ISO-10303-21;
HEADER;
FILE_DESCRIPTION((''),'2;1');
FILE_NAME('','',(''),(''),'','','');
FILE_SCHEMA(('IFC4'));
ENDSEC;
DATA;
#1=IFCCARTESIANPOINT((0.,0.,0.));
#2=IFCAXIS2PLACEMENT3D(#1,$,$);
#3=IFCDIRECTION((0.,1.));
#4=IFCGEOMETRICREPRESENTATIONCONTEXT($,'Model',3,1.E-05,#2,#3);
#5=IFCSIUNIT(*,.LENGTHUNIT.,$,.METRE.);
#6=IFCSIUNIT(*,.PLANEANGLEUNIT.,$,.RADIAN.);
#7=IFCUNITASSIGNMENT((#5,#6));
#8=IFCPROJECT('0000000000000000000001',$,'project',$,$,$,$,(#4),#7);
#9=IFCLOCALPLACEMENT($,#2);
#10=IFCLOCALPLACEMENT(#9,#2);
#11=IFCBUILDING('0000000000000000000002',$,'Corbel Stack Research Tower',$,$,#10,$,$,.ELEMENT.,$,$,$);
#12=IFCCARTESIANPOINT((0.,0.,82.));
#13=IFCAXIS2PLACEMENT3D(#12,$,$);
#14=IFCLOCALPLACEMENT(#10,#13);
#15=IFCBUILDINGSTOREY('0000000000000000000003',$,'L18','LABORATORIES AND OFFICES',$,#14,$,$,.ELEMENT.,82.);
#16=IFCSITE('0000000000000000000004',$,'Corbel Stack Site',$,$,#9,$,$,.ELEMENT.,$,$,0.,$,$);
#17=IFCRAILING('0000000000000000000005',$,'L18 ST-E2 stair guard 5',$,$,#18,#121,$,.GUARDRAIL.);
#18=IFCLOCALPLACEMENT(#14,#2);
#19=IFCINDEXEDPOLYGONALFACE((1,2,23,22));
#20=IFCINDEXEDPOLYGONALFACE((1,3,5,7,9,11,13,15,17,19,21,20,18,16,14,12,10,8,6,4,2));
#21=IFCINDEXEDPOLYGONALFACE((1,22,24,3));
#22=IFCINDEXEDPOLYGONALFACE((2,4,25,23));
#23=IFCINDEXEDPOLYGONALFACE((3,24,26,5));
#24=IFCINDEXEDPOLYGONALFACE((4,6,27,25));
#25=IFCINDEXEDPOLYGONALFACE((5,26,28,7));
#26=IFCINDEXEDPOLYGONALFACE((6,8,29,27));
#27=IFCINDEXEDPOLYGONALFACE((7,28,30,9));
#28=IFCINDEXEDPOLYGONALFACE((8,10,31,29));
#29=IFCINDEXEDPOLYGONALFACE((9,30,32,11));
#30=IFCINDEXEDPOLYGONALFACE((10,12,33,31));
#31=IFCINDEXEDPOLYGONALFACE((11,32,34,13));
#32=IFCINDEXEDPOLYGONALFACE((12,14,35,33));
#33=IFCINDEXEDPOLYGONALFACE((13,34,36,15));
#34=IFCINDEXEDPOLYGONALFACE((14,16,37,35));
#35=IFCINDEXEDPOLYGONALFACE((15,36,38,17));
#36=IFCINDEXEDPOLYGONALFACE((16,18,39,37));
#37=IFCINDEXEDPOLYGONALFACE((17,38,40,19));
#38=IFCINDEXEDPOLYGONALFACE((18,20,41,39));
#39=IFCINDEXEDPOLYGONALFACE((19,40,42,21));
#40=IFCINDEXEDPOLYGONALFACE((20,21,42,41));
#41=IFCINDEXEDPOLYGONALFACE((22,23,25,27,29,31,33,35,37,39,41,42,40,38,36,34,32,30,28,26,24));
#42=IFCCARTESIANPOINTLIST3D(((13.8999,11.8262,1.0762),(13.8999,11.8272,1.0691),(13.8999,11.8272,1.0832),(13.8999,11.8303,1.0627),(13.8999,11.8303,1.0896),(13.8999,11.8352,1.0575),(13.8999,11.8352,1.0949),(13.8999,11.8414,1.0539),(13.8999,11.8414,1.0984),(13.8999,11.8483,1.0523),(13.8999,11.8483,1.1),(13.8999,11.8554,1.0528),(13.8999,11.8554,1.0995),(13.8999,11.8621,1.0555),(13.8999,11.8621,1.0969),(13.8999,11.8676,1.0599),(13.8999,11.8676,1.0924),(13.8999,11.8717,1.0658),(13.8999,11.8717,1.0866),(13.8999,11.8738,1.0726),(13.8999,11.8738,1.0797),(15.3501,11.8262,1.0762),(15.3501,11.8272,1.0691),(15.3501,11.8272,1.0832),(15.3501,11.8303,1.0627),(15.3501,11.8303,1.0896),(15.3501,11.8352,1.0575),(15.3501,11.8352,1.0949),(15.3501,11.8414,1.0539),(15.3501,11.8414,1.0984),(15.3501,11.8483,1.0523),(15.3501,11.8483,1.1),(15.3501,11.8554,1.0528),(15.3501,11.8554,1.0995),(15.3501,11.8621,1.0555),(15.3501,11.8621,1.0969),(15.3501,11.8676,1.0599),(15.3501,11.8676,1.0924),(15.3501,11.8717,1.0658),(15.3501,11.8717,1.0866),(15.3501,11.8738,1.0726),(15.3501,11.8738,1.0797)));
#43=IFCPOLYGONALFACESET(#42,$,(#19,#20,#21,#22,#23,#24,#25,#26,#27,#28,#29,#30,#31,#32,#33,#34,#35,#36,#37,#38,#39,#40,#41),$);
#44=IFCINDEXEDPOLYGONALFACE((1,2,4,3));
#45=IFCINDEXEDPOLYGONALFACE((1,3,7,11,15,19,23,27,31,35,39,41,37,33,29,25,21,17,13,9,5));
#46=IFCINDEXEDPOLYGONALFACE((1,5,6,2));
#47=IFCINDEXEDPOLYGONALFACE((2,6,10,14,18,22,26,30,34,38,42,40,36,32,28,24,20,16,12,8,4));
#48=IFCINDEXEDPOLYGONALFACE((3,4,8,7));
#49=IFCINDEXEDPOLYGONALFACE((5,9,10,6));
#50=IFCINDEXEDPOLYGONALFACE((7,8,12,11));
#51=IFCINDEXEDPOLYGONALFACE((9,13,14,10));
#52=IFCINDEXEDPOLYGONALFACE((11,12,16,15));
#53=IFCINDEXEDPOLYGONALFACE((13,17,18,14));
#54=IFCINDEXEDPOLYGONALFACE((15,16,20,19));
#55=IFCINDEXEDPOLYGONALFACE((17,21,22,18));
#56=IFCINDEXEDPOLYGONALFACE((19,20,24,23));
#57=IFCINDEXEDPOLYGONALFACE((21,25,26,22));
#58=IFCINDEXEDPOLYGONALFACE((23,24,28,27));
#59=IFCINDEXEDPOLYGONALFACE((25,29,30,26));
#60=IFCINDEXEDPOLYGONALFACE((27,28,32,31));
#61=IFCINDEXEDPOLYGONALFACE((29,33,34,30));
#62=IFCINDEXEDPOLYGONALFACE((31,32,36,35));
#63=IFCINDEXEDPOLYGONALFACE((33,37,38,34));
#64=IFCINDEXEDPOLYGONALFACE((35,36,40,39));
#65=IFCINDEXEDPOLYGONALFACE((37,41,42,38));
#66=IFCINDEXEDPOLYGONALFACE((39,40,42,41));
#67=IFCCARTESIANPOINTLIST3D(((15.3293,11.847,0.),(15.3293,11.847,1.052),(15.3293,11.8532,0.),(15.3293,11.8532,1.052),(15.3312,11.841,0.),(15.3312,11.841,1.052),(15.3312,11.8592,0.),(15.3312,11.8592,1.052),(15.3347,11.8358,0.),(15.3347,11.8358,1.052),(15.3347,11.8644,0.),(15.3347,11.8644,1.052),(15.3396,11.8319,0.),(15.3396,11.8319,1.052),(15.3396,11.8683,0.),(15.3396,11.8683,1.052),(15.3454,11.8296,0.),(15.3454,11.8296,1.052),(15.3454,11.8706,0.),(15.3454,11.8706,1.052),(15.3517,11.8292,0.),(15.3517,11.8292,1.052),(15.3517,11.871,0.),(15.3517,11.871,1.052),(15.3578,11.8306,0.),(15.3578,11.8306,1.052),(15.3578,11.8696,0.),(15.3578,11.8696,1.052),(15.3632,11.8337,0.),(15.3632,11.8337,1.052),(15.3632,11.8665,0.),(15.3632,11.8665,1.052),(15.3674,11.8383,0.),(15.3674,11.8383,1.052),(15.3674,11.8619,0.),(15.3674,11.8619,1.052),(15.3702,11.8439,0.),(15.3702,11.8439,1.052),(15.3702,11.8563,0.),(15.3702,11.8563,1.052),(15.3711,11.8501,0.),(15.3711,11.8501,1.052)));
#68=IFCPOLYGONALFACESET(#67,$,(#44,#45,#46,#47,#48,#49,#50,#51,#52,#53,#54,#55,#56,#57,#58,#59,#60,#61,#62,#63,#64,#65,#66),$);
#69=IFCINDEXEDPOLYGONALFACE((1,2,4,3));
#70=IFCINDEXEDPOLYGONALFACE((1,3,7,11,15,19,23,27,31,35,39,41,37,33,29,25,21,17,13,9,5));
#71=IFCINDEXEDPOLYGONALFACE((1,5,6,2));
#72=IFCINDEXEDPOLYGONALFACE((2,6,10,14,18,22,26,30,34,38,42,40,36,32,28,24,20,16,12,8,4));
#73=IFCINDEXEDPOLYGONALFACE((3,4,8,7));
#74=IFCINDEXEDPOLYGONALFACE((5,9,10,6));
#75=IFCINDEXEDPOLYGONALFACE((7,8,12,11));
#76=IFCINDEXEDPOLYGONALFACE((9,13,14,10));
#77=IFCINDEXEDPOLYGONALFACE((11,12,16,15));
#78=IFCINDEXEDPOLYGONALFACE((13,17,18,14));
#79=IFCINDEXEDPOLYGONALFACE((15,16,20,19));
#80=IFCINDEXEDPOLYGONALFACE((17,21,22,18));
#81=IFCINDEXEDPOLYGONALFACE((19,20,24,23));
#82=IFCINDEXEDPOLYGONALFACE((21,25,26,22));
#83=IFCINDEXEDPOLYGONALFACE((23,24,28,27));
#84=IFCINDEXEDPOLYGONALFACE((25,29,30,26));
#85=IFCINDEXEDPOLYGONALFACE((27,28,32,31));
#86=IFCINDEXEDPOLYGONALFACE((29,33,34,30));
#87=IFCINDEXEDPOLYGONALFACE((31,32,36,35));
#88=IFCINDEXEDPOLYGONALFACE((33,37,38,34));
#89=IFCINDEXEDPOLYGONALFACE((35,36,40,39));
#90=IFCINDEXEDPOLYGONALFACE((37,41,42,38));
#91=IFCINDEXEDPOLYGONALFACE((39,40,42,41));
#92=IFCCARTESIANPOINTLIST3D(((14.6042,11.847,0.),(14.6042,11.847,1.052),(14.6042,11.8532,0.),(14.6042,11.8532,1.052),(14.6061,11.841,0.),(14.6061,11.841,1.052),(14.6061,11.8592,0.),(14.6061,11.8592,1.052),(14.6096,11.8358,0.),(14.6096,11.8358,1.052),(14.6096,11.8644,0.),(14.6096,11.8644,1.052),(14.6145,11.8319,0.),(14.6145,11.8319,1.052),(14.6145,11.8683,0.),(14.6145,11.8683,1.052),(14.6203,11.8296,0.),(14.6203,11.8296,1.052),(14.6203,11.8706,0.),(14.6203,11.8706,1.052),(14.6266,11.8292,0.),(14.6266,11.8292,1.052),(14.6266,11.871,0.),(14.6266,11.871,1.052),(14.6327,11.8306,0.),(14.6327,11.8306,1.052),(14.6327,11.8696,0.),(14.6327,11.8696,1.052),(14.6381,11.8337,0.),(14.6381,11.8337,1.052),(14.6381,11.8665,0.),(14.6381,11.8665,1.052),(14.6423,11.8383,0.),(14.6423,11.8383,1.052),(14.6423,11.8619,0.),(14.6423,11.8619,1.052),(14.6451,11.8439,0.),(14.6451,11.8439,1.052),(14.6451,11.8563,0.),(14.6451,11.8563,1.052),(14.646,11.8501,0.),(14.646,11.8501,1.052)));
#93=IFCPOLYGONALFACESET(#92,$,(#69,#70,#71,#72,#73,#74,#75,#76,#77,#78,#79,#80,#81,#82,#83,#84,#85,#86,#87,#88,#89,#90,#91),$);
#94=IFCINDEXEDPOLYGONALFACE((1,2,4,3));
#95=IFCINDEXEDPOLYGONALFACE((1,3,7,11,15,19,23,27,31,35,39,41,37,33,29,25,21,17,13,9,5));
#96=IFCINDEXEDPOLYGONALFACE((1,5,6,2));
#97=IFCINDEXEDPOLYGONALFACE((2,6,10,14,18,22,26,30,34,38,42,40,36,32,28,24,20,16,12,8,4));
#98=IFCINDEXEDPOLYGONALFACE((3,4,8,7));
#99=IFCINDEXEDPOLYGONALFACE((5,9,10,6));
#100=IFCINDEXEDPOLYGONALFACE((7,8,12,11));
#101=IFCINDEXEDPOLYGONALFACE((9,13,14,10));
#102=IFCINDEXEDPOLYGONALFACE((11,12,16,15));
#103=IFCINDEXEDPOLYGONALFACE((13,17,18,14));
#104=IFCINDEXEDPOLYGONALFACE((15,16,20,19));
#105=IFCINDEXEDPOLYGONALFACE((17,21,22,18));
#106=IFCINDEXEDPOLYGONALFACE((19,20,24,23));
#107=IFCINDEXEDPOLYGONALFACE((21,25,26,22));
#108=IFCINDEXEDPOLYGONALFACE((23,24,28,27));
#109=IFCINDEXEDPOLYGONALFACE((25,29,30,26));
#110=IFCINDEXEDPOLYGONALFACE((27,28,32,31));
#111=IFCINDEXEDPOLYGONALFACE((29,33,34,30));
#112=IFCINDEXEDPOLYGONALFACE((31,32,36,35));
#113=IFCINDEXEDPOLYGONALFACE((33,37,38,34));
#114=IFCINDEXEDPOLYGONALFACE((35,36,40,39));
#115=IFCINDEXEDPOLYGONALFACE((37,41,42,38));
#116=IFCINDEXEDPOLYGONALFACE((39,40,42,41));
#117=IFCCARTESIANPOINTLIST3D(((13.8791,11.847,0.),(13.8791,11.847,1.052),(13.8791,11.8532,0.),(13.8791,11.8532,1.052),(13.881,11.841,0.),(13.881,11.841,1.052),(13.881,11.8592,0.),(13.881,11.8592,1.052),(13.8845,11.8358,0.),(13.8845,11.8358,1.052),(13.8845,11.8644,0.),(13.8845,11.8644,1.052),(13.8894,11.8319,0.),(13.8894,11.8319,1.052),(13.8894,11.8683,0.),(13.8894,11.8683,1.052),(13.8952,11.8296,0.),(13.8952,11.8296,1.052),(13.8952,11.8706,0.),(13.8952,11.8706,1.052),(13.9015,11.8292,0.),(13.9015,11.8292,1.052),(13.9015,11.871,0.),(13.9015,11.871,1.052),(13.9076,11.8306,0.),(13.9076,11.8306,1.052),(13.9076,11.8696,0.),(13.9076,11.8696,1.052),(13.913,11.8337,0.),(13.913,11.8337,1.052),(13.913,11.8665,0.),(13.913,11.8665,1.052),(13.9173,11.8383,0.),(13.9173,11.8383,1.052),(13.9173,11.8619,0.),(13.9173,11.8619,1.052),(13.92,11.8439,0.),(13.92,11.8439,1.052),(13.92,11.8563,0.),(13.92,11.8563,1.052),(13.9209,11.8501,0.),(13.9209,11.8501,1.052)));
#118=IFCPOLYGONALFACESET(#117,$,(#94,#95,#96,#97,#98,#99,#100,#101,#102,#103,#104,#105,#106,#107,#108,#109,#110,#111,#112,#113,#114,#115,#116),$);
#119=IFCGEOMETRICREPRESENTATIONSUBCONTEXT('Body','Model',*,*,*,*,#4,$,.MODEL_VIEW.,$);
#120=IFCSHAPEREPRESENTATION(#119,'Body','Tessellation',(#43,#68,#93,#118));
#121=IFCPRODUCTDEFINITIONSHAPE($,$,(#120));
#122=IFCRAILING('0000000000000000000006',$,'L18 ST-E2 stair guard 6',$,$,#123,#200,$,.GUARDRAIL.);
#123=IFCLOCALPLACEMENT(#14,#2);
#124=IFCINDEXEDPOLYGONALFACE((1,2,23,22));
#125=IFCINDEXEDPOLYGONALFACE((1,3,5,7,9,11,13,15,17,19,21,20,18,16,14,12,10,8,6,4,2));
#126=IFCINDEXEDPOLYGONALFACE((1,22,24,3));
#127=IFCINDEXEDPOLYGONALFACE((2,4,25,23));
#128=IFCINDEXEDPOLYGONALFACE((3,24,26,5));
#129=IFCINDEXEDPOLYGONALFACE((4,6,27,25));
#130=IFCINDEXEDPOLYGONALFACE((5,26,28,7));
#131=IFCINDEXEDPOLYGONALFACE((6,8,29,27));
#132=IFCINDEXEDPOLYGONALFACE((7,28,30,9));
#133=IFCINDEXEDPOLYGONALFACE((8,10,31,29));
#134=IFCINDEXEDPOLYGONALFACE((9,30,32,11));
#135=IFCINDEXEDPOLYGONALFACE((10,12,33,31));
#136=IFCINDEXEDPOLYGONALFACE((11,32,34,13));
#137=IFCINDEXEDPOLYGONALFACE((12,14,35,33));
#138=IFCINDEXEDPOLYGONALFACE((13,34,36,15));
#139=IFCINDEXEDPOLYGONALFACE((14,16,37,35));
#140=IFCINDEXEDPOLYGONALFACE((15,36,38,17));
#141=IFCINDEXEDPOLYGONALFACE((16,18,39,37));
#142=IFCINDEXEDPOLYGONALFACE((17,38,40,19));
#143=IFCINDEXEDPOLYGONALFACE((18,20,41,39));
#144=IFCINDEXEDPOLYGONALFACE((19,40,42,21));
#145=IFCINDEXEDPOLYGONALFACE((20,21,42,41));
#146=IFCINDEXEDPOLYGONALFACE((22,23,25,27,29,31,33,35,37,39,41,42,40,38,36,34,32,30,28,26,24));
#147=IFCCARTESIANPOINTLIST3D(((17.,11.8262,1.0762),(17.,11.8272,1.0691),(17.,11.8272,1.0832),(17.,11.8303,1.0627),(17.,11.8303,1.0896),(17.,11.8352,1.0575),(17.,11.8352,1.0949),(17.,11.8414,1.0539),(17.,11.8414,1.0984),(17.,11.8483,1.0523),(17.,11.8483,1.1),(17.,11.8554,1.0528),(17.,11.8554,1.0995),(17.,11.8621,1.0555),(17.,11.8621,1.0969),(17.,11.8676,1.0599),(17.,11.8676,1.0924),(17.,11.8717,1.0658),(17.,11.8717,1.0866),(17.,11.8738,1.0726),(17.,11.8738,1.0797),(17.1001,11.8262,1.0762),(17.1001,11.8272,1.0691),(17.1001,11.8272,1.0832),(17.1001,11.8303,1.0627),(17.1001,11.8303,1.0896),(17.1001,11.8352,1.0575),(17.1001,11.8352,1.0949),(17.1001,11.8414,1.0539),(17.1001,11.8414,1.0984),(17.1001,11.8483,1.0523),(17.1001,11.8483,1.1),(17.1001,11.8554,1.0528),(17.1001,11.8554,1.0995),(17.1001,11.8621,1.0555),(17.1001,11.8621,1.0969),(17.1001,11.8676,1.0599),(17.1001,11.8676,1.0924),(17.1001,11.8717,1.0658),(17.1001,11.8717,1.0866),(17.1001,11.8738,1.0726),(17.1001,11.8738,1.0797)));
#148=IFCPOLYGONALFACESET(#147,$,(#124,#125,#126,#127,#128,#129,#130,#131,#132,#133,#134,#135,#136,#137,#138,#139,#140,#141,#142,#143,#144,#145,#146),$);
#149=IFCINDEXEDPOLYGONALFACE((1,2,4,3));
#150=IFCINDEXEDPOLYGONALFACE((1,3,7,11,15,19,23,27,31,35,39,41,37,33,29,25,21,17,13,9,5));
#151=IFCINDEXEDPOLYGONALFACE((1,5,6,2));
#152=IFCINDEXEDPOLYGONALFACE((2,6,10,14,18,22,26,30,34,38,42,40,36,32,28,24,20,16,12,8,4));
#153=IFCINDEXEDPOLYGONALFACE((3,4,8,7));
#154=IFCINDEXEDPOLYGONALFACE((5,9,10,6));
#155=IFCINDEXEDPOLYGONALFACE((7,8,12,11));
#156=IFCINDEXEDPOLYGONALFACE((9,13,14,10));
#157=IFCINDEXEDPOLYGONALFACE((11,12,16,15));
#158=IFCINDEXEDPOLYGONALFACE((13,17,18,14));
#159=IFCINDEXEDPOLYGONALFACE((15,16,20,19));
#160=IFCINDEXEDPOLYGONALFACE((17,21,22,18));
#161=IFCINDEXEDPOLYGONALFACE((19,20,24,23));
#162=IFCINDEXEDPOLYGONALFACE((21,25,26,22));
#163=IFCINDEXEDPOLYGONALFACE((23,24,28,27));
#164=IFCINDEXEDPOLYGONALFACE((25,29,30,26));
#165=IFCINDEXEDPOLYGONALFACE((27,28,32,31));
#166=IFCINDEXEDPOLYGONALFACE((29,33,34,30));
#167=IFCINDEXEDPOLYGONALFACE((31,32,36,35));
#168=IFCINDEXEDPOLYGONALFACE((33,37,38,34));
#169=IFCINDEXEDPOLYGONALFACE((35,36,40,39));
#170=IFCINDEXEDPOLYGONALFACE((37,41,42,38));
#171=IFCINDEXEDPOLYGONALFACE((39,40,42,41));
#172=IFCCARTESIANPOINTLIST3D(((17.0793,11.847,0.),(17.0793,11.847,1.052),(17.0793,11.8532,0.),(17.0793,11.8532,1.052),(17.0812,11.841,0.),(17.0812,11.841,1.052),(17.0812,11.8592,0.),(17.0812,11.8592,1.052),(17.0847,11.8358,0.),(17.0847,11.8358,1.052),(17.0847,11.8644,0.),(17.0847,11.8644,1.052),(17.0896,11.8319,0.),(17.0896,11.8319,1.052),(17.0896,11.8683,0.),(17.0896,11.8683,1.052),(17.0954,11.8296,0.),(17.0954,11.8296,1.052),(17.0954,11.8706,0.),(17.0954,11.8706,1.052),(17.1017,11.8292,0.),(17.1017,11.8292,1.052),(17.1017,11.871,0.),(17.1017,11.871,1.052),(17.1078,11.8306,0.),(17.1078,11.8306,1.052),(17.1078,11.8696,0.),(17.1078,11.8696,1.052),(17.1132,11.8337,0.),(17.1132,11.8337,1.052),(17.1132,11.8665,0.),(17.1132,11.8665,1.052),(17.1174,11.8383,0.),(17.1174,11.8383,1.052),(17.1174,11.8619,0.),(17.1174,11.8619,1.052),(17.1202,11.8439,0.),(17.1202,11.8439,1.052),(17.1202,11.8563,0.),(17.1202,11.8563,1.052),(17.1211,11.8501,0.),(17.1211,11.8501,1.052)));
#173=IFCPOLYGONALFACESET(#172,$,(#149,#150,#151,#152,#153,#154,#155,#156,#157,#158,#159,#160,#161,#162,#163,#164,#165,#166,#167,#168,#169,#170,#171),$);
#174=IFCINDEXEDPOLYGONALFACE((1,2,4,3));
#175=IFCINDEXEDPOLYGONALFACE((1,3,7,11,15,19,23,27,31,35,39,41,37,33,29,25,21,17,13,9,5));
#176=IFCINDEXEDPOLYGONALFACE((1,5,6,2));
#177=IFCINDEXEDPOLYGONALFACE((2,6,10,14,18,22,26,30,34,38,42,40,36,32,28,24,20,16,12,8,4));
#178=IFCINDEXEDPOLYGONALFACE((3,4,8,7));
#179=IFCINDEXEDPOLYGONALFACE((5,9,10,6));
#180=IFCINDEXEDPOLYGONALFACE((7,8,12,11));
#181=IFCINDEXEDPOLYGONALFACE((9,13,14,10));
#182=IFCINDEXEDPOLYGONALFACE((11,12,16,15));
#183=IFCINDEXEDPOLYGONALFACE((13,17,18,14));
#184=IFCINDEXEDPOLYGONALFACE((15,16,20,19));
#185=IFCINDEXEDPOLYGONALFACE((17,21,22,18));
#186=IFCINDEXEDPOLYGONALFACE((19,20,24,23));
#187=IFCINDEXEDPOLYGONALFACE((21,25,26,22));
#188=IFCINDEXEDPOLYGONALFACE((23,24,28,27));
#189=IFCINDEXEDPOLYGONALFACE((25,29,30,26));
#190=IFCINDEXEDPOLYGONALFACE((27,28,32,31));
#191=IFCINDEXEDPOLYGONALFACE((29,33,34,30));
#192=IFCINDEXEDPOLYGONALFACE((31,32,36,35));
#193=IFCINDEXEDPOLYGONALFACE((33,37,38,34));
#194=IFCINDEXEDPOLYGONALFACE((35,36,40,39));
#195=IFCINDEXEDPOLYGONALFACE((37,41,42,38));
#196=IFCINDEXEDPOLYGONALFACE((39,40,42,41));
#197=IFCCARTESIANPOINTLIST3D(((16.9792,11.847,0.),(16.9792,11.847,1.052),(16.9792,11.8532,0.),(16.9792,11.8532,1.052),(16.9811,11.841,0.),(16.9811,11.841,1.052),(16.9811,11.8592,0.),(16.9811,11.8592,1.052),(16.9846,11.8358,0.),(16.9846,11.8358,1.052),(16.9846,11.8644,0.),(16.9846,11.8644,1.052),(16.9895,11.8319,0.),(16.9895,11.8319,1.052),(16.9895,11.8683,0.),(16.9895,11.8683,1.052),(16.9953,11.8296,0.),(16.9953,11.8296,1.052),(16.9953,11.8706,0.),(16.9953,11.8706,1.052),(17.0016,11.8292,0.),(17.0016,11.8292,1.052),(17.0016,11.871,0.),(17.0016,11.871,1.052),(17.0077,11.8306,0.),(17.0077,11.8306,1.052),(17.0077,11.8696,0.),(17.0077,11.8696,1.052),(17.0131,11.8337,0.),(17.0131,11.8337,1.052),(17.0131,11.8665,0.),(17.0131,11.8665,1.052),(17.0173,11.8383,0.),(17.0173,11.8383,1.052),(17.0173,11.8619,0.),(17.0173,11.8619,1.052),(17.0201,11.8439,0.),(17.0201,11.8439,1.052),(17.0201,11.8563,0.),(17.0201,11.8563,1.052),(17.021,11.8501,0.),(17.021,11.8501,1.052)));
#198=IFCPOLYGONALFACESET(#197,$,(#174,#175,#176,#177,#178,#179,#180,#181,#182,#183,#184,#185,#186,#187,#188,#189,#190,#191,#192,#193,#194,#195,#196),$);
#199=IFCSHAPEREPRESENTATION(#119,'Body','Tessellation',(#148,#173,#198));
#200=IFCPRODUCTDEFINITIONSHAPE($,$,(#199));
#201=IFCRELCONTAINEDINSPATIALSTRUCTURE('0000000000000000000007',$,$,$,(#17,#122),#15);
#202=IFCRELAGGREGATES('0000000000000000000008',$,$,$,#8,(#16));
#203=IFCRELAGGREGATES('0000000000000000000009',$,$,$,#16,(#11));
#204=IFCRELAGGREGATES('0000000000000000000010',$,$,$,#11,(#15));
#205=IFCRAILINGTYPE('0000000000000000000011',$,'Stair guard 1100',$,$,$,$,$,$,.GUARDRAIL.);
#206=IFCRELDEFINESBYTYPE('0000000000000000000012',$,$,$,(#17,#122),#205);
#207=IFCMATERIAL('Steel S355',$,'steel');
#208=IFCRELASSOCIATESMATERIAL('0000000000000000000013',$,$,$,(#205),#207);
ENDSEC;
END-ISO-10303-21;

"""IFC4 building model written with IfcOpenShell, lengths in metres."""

from ifc_helpers import new_model, si_unit, direction, frame, origin, origin_2d, place, context, subcontext, project, spatial, circle, extrude, material, type_object, element, save


model = new_model("IFC4")

# Units and contexts
model_context = context("Model", 3, precision=1e-05, world=origin(), true_north=direction((0.0, 1.0)))
body_context = subcontext(model_context, "Body", "Model", "MODEL_VIEW")
ifc_project = project(units=[si_unit("LENGTHUNIT", "METRE"), si_unit("PLANEANGLEUNIT", "RADIAN")], contexts=[model_context])

# Site, building, storey
site_placement = place(None, origin())
site = spatial("IfcSite", under=ifc_project, at=site_placement, Name="Corbel Stack Site", CompositionType="ELEMENT", RefElevation=0.0)
building_placement = place(site_placement, origin())
building = spatial("IfcBuilding", under=site, at=building_placement, Name="Corbel Stack Research Tower", CompositionType="ELEMENT")
storey_placement = place(building_placement, frame((0.0, 0.0, 82.0)))
storey = spatial("IfcBuildingStorey", under=building, at=storey_placement, Name="L18", Description="LABORATORIES AND OFFICES", CompositionType="ELEMENT", Elevation=82.0)

# Railings
ifc_material_1 = material(Name="Steel S355", Category="steel")
railing_type_1 = type_object("IfcRailingType", Name="Stair guard 1100", PredefinedType="GUARDRAIL", material=ifc_material_1)
railing_1_placement = place(storey_placement, frame((15.3501, 11.8501, 0.0)))
element("IfcRailing", 1, at=railing_1_placement, inside=storey, type_object=railing_type_1, Name="L18 ST-E2 stair guard 5", PredefinedType="GUARDRAIL", context=body_context, shape_type="SweptSolid", body=[
    extrude(circle(Radius=0.0239, at=origin_2d()), frame((0.0, 0.0, 1.0762), z_axis=(-1.0, 0.0, 0.0), x_axis=(0.0, -1.0, 0.0)), (0.0, 0.0, 1.0), 1.4502),
    extrude(circle(Radius=0.021, at=origin_2d()), origin(), (0.0, 0.0, 1.0), 1.052),
    extrude(circle(Radius=0.021, at=origin_2d()), frame((-0.7251, 0.0, 0.0)), (0.0, 0.0, 1.0), 1.052),
    extrude(circle(Radius=0.021, at=origin_2d()), frame((-1.4502, 0.0, 0.0)), (0.0, 0.0, 1.0), 1.052),
])
railing_2_placement = place(storey_placement, frame((17.1001, 11.8501, 0.0)))
element("IfcRailing", 2, at=railing_2_placement, inside=storey, type_object=railing_type_1, Name="L18 ST-E2 stair guard 6", PredefinedType="GUARDRAIL", context=body_context, shape_type="SweptSolid", body=[
    extrude(circle(Radius=0.0239, at=origin_2d()), frame((0.0, 0.0, 1.0762), z_axis=(-1.0, 0.0, 0.0), x_axis=(0.0, -1.0, 0.0)), (0.0, 0.0, 1.0), 0.1001),
    extrude(circle(Radius=0.021, at=origin_2d()), origin(), (0.0, 0.0, 1.0), 1.052),
    extrude(circle(Radius=0.021, at=origin_2d()), frame((-0.1001, 0.0, 0.0)), (0.0, 0.0, 1.0), 1.052),
])

save(model, "model.ifc")
